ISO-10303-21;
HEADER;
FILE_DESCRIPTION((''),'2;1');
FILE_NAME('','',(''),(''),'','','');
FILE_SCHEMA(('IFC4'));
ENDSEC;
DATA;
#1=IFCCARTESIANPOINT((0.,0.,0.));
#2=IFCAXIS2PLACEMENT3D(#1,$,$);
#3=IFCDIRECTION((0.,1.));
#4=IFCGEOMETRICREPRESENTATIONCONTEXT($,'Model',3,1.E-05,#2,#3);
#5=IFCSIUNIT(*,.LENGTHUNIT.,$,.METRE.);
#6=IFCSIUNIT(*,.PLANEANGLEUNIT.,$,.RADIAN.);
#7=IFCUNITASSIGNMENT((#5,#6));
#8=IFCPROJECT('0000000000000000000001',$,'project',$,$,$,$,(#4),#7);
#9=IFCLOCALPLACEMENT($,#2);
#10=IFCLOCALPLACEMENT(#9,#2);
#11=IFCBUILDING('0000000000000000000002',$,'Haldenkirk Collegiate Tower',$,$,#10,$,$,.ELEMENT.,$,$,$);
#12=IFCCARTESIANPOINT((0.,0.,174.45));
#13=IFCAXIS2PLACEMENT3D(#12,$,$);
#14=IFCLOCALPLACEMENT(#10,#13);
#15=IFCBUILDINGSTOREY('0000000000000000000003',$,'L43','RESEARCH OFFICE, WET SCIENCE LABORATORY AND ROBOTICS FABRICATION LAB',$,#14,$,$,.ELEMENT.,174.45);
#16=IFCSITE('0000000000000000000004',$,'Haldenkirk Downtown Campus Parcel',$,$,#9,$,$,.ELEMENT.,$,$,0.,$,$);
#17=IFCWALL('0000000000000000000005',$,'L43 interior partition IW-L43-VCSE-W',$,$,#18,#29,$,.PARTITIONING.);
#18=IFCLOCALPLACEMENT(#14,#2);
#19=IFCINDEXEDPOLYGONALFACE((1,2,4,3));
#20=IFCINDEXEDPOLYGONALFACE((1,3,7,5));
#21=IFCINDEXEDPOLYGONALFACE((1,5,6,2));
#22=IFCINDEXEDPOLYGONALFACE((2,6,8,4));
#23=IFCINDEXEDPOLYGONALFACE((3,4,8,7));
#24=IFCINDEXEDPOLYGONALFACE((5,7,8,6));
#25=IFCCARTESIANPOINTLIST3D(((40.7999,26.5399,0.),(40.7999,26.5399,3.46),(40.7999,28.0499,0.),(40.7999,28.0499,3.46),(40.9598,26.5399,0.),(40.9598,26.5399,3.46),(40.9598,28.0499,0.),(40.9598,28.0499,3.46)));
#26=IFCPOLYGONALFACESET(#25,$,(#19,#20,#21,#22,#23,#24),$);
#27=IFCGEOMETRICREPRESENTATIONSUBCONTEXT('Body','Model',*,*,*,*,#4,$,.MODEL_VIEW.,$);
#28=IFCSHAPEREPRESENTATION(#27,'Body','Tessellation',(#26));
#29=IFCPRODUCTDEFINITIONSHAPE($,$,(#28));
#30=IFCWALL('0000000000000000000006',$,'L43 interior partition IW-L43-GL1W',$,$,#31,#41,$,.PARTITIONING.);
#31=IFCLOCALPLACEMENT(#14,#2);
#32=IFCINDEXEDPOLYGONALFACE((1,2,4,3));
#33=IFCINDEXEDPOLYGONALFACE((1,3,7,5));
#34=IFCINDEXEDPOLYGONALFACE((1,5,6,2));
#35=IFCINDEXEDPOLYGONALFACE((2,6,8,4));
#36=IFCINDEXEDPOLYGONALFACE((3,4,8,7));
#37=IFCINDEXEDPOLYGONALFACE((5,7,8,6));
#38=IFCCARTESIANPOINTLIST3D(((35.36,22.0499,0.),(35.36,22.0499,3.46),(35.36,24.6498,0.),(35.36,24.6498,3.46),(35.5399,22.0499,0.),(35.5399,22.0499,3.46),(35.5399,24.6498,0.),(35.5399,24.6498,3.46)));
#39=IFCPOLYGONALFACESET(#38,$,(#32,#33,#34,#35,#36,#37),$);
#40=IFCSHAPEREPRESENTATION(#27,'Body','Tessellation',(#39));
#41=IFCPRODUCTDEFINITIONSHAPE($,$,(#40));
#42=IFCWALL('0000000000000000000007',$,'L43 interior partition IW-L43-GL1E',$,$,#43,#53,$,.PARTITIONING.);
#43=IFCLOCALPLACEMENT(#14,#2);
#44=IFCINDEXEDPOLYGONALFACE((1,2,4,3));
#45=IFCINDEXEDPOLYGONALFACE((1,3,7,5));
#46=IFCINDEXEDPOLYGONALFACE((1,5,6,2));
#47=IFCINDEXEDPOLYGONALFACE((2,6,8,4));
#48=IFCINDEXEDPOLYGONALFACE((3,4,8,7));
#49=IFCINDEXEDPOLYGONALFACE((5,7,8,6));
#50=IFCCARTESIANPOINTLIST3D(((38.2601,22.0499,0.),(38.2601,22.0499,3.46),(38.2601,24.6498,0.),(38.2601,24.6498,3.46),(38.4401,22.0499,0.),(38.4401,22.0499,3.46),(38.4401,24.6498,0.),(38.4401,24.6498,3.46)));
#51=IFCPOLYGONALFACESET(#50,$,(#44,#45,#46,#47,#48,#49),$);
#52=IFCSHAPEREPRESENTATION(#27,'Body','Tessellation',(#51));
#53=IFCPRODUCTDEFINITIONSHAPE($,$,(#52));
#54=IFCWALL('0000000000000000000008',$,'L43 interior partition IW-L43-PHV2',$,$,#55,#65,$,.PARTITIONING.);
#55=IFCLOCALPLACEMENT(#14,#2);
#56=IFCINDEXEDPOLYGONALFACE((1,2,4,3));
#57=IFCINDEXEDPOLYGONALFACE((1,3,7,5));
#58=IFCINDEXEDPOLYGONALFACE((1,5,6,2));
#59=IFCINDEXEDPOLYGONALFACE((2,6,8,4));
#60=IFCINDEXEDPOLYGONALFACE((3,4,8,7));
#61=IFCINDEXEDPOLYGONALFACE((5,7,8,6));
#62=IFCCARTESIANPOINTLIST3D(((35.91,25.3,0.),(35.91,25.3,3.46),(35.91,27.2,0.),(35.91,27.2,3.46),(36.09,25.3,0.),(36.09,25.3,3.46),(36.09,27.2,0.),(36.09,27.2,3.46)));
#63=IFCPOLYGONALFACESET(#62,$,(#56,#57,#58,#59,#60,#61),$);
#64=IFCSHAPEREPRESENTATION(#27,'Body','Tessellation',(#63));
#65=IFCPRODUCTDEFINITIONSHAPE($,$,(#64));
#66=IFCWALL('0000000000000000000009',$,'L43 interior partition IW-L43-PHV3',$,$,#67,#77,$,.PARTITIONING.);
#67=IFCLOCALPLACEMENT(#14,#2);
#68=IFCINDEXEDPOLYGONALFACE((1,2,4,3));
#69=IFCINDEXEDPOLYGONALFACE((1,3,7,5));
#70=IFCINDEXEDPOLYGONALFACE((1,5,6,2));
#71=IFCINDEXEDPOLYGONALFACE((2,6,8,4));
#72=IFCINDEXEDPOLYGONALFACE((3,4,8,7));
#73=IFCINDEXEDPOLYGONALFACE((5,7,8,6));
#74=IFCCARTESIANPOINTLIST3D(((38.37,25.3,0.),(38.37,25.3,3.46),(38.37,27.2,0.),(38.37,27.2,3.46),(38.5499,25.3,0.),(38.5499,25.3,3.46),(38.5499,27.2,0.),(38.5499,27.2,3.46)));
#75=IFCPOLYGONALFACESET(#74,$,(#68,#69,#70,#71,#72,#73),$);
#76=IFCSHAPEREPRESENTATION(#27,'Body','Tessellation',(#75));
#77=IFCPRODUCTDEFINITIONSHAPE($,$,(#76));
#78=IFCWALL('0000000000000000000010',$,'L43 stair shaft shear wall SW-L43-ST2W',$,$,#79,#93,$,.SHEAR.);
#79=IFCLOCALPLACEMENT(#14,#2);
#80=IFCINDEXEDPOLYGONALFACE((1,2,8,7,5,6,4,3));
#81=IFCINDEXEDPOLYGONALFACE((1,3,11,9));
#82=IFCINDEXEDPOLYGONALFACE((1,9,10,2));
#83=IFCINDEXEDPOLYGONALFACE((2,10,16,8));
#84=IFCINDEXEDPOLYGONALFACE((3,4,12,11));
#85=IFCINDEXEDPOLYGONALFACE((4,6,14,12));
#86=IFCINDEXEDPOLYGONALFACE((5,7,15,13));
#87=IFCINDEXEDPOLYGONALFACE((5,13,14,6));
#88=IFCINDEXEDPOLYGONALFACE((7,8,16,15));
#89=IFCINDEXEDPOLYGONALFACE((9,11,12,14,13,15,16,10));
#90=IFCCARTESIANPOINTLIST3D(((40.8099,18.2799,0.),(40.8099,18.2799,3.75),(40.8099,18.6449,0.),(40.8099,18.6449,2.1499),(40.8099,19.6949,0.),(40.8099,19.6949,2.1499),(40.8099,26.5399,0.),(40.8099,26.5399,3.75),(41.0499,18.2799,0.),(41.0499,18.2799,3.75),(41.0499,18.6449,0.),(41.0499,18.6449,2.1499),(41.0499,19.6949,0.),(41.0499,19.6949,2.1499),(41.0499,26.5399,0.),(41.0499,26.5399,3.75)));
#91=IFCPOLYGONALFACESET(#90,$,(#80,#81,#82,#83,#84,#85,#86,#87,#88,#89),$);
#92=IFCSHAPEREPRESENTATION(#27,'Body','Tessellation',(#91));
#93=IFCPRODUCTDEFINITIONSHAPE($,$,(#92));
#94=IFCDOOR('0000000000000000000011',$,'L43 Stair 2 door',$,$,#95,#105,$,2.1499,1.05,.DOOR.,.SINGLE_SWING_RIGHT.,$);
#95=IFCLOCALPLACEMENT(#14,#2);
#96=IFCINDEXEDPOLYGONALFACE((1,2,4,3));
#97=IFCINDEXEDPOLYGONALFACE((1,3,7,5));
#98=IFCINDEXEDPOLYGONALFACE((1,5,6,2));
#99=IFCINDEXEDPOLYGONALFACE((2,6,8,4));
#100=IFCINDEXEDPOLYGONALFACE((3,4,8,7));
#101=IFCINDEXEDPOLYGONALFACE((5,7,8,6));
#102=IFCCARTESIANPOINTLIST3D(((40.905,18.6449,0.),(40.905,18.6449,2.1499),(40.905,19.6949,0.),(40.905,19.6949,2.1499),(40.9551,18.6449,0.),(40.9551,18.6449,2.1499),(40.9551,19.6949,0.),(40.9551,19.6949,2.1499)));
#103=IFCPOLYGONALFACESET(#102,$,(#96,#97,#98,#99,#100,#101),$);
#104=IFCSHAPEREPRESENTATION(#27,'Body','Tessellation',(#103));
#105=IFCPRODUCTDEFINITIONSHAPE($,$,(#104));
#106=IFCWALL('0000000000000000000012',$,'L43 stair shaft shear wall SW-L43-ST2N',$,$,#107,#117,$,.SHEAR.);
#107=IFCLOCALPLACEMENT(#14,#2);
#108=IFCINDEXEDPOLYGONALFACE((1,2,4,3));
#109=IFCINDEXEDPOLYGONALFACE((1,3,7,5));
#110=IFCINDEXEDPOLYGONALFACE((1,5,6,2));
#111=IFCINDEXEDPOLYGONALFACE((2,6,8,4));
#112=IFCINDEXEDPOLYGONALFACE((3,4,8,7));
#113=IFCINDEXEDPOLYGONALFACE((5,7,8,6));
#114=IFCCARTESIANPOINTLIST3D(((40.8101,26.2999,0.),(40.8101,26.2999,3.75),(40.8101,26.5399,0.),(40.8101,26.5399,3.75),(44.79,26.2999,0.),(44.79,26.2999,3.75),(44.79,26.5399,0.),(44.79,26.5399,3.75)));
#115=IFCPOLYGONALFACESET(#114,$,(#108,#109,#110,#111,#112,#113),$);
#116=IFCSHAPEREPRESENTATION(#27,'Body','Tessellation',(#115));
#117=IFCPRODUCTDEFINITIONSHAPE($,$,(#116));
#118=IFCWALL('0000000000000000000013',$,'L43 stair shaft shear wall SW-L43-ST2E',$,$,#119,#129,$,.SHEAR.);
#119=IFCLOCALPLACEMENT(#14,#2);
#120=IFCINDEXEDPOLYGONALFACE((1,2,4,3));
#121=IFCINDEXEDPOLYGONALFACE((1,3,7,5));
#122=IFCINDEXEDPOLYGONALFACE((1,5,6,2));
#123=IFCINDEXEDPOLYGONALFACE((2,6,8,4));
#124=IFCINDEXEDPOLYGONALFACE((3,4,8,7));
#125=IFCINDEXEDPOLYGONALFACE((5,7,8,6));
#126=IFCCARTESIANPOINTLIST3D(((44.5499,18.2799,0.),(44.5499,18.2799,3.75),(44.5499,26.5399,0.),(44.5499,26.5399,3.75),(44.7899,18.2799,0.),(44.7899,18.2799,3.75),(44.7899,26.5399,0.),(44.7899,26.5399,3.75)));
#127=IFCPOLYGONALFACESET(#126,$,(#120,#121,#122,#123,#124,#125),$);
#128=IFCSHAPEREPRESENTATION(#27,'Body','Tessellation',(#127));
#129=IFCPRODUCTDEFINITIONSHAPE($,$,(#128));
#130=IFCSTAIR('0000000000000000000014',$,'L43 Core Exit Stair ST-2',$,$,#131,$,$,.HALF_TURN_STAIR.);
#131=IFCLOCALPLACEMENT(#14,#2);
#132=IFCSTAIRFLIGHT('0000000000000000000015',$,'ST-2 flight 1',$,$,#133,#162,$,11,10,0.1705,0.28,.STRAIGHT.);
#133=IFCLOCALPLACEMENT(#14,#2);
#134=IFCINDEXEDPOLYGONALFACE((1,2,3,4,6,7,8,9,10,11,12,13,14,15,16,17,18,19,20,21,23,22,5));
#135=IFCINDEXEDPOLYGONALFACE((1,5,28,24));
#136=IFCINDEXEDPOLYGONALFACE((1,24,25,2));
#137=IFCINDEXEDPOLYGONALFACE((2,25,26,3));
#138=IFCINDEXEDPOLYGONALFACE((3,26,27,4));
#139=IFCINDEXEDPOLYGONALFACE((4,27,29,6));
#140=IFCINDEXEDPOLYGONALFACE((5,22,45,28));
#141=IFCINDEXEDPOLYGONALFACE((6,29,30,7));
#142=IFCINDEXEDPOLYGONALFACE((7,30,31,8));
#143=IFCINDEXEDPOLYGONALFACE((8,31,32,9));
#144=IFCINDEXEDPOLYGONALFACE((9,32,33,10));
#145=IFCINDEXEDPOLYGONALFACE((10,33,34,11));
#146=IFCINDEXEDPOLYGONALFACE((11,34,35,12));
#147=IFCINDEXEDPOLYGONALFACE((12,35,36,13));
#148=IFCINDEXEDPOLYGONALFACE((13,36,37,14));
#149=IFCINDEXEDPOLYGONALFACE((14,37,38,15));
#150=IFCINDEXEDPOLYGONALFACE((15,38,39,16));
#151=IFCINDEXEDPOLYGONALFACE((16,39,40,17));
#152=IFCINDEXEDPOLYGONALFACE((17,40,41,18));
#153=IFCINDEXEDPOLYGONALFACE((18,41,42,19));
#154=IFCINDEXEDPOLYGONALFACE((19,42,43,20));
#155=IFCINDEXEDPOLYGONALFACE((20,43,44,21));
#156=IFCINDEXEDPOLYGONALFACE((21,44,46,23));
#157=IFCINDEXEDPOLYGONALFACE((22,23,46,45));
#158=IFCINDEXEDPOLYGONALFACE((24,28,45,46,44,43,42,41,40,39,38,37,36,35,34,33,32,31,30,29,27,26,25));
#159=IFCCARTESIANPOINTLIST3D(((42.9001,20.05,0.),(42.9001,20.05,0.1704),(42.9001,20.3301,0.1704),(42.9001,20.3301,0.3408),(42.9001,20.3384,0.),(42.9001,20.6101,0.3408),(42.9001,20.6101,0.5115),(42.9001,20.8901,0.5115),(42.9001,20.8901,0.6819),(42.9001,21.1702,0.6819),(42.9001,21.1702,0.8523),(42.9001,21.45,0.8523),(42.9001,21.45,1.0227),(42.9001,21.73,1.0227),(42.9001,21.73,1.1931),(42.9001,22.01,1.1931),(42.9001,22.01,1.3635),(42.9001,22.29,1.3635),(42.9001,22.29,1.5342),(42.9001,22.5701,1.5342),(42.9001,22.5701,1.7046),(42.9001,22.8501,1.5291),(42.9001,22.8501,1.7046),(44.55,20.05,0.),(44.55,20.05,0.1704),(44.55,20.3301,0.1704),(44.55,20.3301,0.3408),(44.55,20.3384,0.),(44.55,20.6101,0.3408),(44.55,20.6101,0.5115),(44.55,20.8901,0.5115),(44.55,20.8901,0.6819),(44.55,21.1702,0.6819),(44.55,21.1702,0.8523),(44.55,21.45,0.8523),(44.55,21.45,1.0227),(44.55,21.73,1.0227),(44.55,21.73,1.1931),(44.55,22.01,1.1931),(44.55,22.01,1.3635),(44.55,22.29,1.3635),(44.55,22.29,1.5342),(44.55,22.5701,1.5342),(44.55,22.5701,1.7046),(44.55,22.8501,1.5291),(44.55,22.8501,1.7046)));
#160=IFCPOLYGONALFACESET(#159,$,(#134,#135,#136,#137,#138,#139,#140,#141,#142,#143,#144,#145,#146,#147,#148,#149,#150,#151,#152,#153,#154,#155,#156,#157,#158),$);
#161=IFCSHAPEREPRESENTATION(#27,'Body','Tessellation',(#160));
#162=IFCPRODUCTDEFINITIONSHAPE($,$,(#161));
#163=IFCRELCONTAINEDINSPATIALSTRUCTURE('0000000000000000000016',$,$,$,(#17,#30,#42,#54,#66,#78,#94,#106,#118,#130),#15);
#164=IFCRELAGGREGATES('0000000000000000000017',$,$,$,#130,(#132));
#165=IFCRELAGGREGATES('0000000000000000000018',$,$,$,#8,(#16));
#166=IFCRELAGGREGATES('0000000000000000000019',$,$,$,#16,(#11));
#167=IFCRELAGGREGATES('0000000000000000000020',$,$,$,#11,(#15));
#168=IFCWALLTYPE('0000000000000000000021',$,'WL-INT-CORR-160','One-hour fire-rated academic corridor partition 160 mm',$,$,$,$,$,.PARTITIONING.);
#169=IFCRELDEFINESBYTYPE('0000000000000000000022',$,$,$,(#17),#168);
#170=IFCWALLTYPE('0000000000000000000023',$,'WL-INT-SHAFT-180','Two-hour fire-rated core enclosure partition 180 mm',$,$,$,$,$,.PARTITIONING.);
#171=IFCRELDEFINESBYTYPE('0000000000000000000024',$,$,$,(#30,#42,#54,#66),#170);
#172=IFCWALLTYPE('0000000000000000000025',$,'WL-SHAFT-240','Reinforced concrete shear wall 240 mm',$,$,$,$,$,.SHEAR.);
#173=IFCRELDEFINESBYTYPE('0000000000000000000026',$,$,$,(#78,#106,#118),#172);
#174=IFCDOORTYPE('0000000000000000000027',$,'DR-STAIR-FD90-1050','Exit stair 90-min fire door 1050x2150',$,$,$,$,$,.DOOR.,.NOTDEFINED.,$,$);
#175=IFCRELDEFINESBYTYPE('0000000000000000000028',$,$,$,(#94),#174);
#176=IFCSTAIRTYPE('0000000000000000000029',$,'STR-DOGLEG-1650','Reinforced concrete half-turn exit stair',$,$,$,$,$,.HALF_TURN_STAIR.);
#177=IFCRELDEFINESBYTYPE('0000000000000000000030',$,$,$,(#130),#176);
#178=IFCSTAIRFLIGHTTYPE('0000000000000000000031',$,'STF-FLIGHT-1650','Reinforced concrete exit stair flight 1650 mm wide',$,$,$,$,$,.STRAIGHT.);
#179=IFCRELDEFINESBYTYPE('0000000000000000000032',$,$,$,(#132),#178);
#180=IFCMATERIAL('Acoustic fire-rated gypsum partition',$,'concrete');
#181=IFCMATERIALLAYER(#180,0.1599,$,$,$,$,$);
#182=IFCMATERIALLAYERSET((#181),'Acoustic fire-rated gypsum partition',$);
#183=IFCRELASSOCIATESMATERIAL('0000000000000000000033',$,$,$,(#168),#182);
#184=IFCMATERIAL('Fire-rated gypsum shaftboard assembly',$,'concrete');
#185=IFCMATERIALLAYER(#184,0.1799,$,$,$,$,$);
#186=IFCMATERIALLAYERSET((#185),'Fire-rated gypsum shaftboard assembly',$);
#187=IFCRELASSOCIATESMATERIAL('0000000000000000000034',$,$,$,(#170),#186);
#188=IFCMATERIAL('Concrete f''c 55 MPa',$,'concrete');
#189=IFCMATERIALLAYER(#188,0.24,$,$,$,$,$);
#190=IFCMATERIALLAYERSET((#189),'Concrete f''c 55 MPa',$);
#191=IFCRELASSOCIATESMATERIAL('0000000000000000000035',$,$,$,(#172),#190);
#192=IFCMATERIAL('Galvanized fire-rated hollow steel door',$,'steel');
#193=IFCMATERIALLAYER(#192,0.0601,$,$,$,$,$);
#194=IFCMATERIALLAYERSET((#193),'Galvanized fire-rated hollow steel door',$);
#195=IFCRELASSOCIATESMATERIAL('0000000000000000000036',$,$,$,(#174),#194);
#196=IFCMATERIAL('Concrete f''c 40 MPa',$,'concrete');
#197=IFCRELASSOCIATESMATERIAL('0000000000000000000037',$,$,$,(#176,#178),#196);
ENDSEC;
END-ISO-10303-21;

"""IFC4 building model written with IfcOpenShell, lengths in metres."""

from ifc_helpers import new_model, si_unit, direction, frame, frame_2d, origin, place, context, subcontext, project, spatial, polyline, rectangle, outline, extrude, material, layer, layer_set, type_object, element, fill, aggregate, save


model = new_model("IFC4")

# Units and contexts
model_context = context("Model", 3, precision=1e-05, world=origin(), true_north=direction((0.0, 1.0)))
body_context = subcontext(model_context, "Body", "Model", "MODEL_VIEW")
ifc_project = project(units=[si_unit("LENGTHUNIT", "METRE"), si_unit("PLANEANGLEUNIT", "RADIAN")], contexts=[model_context])

# Site, building, storey
site_placement = place(None, origin())
site = spatial("IfcSite", under=ifc_project, at=site_placement, Name="Haldenkirk Downtown Campus Parcel", CompositionType="ELEMENT", RefElevation=0.0)
building_placement = place(site_placement, origin())
building = spatial("IfcBuilding", under=site, at=building_placement, Name="Haldenkirk Collegiate Tower", CompositionType="ELEMENT")
storey_placement = place(building_placement, frame((0.0, 0.0, 174.45)))
storey = spatial("IfcBuildingStorey", under=building, at=storey_placement, Name="L43", Description="RESEARCH OFFICE, WET SCIENCE LABORATORY AND ROBOTICS FABRICATION LAB", CompositionType="ELEMENT", Elevation=174.45)

# Walls
ifc_material_1 = material(Name="Acoustic fire-rated gypsum partition", Category="concrete")
ifc_layer_1 = layer(ifc_material_1, 0.1599)
ifc_layer_set_1 = layer_set([ifc_layer_1], Name="Acoustic fire-rated gypsum partition")
wall_type_1 = type_object("IfcWallType", Name="WL-INT-CORR-160", Description="One-hour fire-rated academic corridor partition 160 mm", PredefinedType="PARTITIONING", material=ifc_layer_set_1)
wall_1_placement = place(storey_placement, frame((40.8799, 26.54, 0.0), z_axis=(0.0, 0.0, 1.0), x_axis=(0.0, 1.0, 0.0)))
element("IfcWall", 1, at=wall_1_placement, inside=storey, type_object=wall_type_1, Name="L43 interior partition IW-L43-VCSE-W", PredefinedType="PARTITIONING", context=body_context, shape_type="SweptSolid", body=[
    extrude(rectangle(XDim=1.51, YDim=0.1599, at=frame_2d((0.7549, 0.0))), origin(), (0.0, 0.0, 1.0), 3.46),
])
ifc_material_2 = material(Name="Fire-rated gypsum shaftboard assembly", Category="concrete")
ifc_layer_2 = layer(ifc_material_2, 0.1799)
ifc_layer_set_2 = layer_set([ifc_layer_2], Name="Fire-rated gypsum shaftboard assembly")
wall_type_2 = type_object("IfcWallType", Name="WL-INT-SHAFT-180", Description="Two-hour fire-rated core enclosure partition 180 mm", PredefinedType="PARTITIONING", material=ifc_layer_set_2)
for number, where, z_axis, x_axis, name in (
    (2, (35.45, 22.05, 0.0), (0.0, 0.0, 1.0), (0.0, 1.0, 0.0), "L43 interior partition IW-L43-GL1W"),
    (3, (38.3501, 22.05, 0.0), (0.0, 0.0, 1.0), (0.0, 1.0, 0.0), "L43 interior partition IW-L43-GL1E"),
):
    element("IfcWall", number, at=place(storey_placement, frame(where, z_axis=z_axis, x_axis=x_axis)), inside=storey, type_object=wall_type_2, Name=name, PredefinedType="PARTITIONING", context=body_context, shape_type="SweptSolid", body=[
        extrude(rectangle(XDim=2.5999, YDim=0.1799, at=frame_2d((1.2998, 0.0))), origin(), (0.0, 0.0, 1.0), 3.46),
    ])
for number, where, z_axis, x_axis, name in (
    (4, (36.0, 25.3, 0.0), (0.0, 0.0, 1.0), (0.0, 1.0, 0.0), "L43 interior partition IW-L43-PHV2"),
    (5, (38.46, 25.3, 0.0), (0.0, 0.0, 1.0), (0.0, 1.0, 0.0), "L43 interior partition IW-L43-PHV3"),
):
    element("IfcWall", number, at=place(storey_placement, frame(where, z_axis=z_axis, x_axis=x_axis)), inside=storey, type_object=wall_type_2, Name=name, PredefinedType="PARTITIONING", context=body_context, shape_type="SweptSolid", body=[
        extrude(rectangle(XDim=1.8999, YDim=0.1799, at=frame_2d((0.95, 0.0))), origin(), (0.0, 0.0, 1.0), 3.46),
    ])

# Wall, opening, door
ifc_material_3 = material(Name="Concrete f'c 55 MPa", Category="concrete")
ifc_layer_3 = layer(ifc_material_3, 0.24)
ifc_layer_set_3 = layer_set([ifc_layer_3], Name="Concrete f'c 55 MPa")
wall_type_3 = type_object("IfcWallType", Name="WL-SHAFT-240", Description="Reinforced concrete shear wall 240 mm", PredefinedType="SHEAR", material=ifc_layer_set_3)
wall_2_placement = place(storey_placement, frame((40.9299, 18.28, 0.0), z_axis=(0.0, 0.0, 1.0), x_axis=(0.0, 1.0, 0.0)))
wall_2 = element("IfcWall", 6, at=wall_2_placement, inside=storey, type_object=wall_type_3, Name="L43 stair shaft shear wall SW-L43-ST2W", PredefinedType="SHEAR", context=body_context, shape_type="SweptSolid", body=[
    extrude(rectangle(XDim=8.26, YDim=0.24, at=frame_2d((4.1299, 0.0))), origin(), (0.0, 0.0, 1.0), 3.75),
])
opening_1_placement = place(wall_2_placement, frame((0.365, 0.0, 0.0)))
opening_1 = element("IfcOpeningElement", 7, at=opening_1_placement, cuts=wall_2, PredefinedType="OPENING", context=body_context, shape_type="SweptSolid", body=[
    extrude(rectangle(XDim=1.05, YDim=2.1499, at=frame_2d((0.5249, 1.075))), frame((0.0, 0.1299, 0.0), z_axis=(0.0, -1.0, 0.0), x_axis=(1.0, 0.0, 0.0)), (0.0, 0.0, 1.0), 0.26),
])
ifc_material_4 = material(Name="Galvanized fire-rated hollow steel door", Category="steel")
ifc_layer_4 = layer(ifc_material_4, 0.0601)
ifc_layer_set_4 = layer_set([ifc_layer_4], Name="Galvanized fire-rated hollow steel door")
door_type_1 = type_object("IfcDoorType", Name="DR-STAIR-FD90-1050", Description="Exit stair 90-min fire door 1050x2150", OperationType="NOTDEFINED", PredefinedType="DOOR", material=ifc_layer_set_4)
door_1_placement = place(opening_1_placement, origin())
door_1 = element("IfcDoor", 8, at=door_1_placement, inside=storey, type_object=door_type_1, Name="L43 Stair 2 door", OperationType="SINGLE_SWING_RIGHT", OverallHeight=2.1499, OverallWidth=1.05, PredefinedType="DOOR", context=body_context, shape_type="SweptSolid", body=[
    extrude(rectangle(XDim=1.05, YDim=2.1499, at=frame_2d((0.5249, 1.075))), frame((0.0, 0.0249, 0.0), z_axis=(0.0, -1.0, 0.0), x_axis=(1.0, 0.0, 0.0)), (0.0, 0.0, 1.0), 0.05),
])
fill(opening_1, door_1)

# Walls
wall_3_placement = place(storey_placement, frame((40.8101, 26.4199, 0.0), z_axis=(0.0, 0.0, 1.0), x_axis=(1.0, 0.0, 0.0)))
element("IfcWall", 9, at=wall_3_placement, inside=storey, type_object=wall_type_3, Name="L43 stair shaft shear wall SW-L43-ST2N", PredefinedType="SHEAR", context=body_context, shape_type="SweptSolid", body=[
    extrude(rectangle(XDim=3.98, YDim=0.24, at=frame_2d((1.99, 0.0))), origin(), (0.0, 0.0, 1.0), 3.75),
])
wall_4_placement = place(storey_placement, frame((44.6699, 18.28, 0.0), z_axis=(0.0, 0.0, 1.0), x_axis=(0.0, 1.0, 0.0)))
element("IfcWall", 10, at=wall_4_placement, inside=storey, type_object=wall_type_3, Name="L43 stair shaft shear wall SW-L43-ST2E", PredefinedType="SHEAR", context=body_context, shape_type="SweptSolid", body=[
    extrude(rectangle(XDim=8.26, YDim=0.24, at=frame_2d((4.1299, 0.0))), origin(), (0.0, 0.0, 1.0), 3.75),
])

# Stair, stair flight
ifc_material_5 = material(Name="Concrete f'c 40 MPa", Category="concrete")
stair_type = type_object("IfcStairType", Name="STR-DOGLEG-1650", Description="Reinforced concrete half-turn exit stair", PredefinedType="HALF_TURN_STAIR", material=ifc_material_5)
stair_placement = place(storey_placement, origin())
stair = element("IfcStair", 11, at=stair_placement, inside=storey, type_object=stair_type, Name="L43 Core Exit Stair ST-2", PredefinedType="HALF_TURN_STAIR")
stair_flight_type = type_object("IfcStairFlightType", Name="STF-FLIGHT-1650", Description="Reinforced concrete exit stair flight 1650 mm wide", PredefinedType="STRAIGHT", material=ifc_material_5)
stair_flight_1_placement = place(storey_placement, frame((43.7251, 20.05, 0.0), z_axis=(0.0, 0.0, 1.0), x_axis=(0.0, 1.0, 0.0)))
stair_flight_1 = element("IfcStairFlight", 12, at=stair_flight_1_placement, type_object=stair_flight_type, Name="ST-2 flight 1", NumberOfRisers=11, NumberOfTreads=10, PredefinedType="STRAIGHT", RiserHeight=0.1705, TreadLength=0.28, context=body_context, shape_type="SweptSolid", body=[
    extrude(outline(polyline([(0.0, 0.0), (0.0, 0.1704), (0.28, 0.1704), (0.28, 0.3408), (0.5601, 0.3408), (0.5601, 0.5115), (0.8401, 0.5115), (0.8401, 0.6819), (1.1201, 0.6819), (1.1201, 0.8523), (1.3999, 0.8523), (1.3999, 1.0227), (1.6799, 1.0227), (1.6799, 1.1931), (1.96, 1.1931), (1.96, 1.3635), (2.24, 1.3635), (2.24, 1.5342), (2.52, 1.5342), (2.52, 1.7046), (2.8, 1.7046), (2.8, 1.875), (2.8, 1.5291), (0.2883, 0.0), (0.0, 0.0)])), frame((0.0, 0.825, 0.0), z_axis=(0.0, -1.0, 0.0), x_axis=(1.0, 0.0, 0.0)), (0.0, 0.0, 1.0), 1.6499),
])
aggregate(stair, [stair_flight_1])

save(model, "model.ifc")
